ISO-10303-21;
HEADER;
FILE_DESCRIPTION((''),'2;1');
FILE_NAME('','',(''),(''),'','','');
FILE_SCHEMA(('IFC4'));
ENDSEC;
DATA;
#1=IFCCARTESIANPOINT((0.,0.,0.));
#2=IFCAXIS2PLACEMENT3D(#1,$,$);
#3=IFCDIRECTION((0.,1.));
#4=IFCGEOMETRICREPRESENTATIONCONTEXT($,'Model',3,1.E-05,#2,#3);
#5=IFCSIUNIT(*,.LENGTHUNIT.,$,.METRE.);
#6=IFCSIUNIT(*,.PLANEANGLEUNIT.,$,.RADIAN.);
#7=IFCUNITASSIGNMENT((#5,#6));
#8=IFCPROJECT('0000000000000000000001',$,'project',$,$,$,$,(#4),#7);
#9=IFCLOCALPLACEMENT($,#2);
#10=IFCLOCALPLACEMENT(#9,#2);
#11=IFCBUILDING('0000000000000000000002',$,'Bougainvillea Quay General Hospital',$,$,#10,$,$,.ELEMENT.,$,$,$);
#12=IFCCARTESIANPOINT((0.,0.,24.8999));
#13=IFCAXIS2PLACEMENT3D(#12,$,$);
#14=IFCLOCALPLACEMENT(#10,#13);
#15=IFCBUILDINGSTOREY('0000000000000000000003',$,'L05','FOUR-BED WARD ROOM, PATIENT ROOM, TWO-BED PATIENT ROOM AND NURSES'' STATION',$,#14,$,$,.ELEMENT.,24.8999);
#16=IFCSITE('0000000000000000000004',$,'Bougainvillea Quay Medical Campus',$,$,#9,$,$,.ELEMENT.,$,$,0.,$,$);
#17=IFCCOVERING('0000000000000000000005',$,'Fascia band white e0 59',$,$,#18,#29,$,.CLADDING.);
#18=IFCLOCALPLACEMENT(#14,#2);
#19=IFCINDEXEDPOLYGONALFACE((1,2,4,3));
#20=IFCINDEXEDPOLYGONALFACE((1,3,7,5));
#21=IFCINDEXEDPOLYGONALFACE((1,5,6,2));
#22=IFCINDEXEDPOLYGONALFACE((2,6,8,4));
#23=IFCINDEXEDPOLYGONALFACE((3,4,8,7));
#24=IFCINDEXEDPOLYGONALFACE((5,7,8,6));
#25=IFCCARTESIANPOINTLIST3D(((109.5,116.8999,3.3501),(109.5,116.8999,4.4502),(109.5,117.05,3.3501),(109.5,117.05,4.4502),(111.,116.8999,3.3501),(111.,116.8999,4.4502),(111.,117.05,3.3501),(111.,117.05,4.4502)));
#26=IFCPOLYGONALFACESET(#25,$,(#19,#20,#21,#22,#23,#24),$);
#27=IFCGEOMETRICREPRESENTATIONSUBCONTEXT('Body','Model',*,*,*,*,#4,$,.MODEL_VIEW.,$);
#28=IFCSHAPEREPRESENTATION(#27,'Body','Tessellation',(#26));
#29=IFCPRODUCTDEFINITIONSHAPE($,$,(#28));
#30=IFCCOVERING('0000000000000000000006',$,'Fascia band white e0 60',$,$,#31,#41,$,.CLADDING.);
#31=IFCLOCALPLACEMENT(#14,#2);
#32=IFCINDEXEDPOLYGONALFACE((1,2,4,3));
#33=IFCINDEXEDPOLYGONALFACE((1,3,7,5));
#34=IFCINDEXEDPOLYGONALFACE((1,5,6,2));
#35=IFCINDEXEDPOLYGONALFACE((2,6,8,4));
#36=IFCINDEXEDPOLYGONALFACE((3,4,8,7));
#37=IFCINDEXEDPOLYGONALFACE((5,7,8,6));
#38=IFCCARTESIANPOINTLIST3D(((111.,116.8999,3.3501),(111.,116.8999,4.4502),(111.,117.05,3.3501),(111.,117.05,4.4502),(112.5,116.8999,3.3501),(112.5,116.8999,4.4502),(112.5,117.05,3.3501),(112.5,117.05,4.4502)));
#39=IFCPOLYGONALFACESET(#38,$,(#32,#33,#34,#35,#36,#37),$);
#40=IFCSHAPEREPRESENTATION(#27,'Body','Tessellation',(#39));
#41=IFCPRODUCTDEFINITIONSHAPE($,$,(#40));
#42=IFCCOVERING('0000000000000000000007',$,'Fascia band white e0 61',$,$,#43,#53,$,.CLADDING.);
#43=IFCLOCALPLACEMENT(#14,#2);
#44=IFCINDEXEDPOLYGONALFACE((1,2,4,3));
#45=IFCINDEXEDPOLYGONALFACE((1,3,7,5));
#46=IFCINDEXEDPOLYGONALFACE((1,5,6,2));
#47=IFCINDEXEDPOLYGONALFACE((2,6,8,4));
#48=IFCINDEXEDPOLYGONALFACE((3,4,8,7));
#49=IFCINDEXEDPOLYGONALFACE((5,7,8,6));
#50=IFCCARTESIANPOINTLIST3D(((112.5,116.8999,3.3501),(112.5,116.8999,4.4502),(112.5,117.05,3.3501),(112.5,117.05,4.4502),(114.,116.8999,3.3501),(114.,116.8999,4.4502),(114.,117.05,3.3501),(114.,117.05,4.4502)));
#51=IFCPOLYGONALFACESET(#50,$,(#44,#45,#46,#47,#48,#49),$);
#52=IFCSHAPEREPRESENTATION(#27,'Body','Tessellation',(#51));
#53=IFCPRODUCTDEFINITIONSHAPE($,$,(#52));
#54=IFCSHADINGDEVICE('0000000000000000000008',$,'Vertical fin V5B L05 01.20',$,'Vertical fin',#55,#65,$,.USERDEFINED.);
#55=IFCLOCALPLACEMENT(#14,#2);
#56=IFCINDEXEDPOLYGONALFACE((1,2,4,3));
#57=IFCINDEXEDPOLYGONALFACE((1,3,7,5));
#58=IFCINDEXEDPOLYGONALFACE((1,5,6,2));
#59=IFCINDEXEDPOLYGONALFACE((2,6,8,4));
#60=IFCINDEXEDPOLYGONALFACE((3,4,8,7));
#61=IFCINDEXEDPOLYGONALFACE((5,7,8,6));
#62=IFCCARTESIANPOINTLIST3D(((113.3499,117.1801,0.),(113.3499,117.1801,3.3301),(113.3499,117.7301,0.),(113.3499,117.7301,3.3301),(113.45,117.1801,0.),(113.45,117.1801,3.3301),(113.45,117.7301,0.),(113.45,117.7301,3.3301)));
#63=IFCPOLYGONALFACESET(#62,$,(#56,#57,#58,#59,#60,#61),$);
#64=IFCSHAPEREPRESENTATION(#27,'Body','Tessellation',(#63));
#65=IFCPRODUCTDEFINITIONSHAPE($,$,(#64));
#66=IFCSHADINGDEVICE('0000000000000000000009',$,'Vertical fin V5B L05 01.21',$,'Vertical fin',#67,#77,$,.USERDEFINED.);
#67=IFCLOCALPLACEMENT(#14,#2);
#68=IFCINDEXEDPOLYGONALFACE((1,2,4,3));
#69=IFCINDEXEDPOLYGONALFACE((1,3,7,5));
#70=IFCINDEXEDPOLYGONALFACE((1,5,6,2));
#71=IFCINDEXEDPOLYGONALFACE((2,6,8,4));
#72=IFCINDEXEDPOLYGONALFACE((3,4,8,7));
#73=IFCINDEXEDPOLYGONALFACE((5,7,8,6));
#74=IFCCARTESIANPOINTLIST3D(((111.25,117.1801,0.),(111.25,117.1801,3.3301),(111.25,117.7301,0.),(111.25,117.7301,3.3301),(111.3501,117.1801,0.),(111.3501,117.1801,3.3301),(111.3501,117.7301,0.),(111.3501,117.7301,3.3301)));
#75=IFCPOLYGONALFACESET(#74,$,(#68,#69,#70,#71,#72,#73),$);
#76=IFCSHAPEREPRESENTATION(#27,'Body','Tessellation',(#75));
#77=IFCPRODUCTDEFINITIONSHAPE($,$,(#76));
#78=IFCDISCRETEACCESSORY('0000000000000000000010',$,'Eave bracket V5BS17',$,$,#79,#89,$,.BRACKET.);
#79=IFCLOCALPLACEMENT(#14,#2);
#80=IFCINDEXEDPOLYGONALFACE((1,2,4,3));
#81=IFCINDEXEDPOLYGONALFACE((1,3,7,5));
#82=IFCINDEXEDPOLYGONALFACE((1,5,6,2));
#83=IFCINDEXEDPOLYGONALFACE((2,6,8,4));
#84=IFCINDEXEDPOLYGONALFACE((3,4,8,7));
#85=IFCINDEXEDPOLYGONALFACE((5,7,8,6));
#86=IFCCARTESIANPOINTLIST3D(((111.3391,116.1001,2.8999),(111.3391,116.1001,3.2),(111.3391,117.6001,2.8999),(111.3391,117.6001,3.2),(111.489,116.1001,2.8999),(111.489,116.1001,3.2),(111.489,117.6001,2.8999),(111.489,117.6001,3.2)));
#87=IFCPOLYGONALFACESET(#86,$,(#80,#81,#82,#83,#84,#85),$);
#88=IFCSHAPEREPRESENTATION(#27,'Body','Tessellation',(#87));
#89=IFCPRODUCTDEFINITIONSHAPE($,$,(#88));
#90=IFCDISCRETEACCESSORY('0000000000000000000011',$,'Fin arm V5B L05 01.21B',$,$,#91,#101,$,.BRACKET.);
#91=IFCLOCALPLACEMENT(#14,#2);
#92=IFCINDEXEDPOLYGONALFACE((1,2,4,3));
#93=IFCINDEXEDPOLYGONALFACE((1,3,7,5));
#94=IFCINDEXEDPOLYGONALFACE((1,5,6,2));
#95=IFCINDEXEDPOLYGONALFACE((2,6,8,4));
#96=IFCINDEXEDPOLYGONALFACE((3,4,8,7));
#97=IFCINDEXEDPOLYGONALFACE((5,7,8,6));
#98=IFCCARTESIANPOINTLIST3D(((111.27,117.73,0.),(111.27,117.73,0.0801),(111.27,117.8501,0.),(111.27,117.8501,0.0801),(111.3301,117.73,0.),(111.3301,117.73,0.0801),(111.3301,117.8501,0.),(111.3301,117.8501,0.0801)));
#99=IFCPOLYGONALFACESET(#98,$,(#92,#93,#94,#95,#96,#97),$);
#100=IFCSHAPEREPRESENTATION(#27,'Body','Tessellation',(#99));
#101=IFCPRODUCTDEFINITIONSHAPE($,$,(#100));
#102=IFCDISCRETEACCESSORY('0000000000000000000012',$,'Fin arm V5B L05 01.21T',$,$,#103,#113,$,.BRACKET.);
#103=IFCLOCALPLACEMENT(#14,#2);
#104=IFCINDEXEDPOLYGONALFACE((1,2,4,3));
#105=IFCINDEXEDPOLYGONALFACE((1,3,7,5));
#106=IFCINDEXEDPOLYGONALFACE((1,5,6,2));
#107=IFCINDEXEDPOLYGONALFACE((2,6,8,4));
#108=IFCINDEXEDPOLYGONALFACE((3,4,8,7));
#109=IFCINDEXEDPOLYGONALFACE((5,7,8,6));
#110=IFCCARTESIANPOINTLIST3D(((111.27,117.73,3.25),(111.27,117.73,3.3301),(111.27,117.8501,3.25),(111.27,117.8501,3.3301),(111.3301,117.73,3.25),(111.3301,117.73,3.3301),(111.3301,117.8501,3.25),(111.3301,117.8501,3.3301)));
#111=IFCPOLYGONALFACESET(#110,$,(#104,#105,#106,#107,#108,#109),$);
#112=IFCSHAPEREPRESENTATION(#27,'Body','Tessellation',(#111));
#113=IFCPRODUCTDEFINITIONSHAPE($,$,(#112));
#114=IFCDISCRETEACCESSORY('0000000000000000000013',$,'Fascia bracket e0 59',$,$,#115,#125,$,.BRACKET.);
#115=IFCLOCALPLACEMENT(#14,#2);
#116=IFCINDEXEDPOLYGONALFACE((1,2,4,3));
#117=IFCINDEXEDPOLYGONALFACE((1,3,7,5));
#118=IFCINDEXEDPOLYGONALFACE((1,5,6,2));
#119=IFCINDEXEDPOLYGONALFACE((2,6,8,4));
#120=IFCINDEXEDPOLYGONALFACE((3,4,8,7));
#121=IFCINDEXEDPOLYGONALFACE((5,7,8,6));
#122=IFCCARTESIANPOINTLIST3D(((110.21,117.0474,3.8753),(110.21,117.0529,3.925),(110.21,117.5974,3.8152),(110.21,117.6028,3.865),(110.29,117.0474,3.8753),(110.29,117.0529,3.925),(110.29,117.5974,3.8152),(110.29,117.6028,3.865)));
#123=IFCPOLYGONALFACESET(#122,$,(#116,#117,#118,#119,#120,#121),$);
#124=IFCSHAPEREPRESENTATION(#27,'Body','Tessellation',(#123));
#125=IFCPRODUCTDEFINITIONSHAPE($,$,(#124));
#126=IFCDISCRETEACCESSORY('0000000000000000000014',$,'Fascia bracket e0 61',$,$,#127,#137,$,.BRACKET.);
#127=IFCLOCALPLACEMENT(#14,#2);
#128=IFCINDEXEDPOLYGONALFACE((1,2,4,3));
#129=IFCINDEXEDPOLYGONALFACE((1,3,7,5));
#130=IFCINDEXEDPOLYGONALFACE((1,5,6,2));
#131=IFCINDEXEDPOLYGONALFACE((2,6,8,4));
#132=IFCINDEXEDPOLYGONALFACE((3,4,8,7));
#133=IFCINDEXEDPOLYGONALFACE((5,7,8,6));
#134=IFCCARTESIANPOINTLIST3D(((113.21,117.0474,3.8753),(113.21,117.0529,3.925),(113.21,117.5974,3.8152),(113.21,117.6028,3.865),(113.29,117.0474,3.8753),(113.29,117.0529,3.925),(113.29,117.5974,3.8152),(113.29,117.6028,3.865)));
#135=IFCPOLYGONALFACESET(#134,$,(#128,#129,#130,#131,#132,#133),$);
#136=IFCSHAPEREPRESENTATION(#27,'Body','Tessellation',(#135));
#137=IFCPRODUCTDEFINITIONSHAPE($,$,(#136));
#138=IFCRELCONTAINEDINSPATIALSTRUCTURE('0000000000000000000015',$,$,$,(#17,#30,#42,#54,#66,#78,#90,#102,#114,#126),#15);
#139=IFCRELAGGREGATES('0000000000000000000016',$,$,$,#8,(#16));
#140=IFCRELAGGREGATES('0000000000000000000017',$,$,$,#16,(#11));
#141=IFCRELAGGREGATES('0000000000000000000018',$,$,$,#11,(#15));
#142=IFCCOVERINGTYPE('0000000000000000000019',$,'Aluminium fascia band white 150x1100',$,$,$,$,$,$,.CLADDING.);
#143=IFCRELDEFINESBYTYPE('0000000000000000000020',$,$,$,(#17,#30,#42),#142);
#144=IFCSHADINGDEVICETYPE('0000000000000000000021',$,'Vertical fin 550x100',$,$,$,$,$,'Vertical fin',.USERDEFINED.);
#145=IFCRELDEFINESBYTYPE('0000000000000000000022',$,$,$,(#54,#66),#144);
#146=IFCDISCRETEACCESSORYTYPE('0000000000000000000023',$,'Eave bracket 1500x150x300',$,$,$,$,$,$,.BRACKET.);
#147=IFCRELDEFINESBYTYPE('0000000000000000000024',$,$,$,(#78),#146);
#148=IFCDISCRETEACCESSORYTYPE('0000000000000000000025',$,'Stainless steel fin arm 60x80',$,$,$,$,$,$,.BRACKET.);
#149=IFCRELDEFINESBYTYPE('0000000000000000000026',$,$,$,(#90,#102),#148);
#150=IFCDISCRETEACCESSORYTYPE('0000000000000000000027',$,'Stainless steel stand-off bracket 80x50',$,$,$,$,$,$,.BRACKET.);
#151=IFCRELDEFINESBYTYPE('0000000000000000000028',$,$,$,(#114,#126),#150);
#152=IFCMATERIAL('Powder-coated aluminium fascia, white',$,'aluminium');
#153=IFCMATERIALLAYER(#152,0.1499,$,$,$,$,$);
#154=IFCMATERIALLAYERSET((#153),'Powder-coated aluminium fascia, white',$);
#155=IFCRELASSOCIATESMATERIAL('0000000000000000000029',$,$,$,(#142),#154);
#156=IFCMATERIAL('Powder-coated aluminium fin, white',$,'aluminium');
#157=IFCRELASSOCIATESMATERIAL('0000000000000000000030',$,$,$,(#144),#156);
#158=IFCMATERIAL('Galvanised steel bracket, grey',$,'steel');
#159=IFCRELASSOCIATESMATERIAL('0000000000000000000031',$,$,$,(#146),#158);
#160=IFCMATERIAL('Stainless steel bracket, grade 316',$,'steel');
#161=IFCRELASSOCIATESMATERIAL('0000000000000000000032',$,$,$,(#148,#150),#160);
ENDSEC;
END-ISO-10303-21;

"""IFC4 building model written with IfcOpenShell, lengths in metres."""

from ifc_helpers import new_model, si_unit, direction, frame, origin, origin_2d, place, context, subcontext, project, spatial, polyline, rectangle, outline, extrude, material, layer, layer_set, material_profile, profile_set, type_object, element, save


model = new_model("IFC4")

# Units and contexts
model_context = context("Model", 3, precision=1e-05, world=origin(), true_north=direction((0.0, 1.0)))
body_context = subcontext(model_context, "Body", "Model", "MODEL_VIEW")
ifc_project = project(units=[si_unit("LENGTHUNIT", "METRE"), si_unit("PLANEANGLEUNIT", "RADIAN")], contexts=[model_context])

# Site, building, storey
site_placement = place(None, origin())
site = spatial("IfcSite", under=ifc_project, at=site_placement, Name="Bougainvillea Quay Medical Campus", CompositionType="ELEMENT", RefElevation=0.0)
building_placement = place(site_placement, origin())
building = spatial("IfcBuilding", under=site, at=building_placement, Name="Bougainvillea Quay General Hospital", CompositionType="ELEMENT")
storey_placement = place(building_placement, frame((0.0, 0.0, 24.8999)))
storey = spatial("IfcBuildingStorey", under=building, at=storey_placement, Name="L05", Description="FOUR-BED WARD ROOM, PATIENT ROOM, TWO-BED PATIENT ROOM AND NURSES' STATION", CompositionType="ELEMENT", Elevation=24.8999)

# Coverings
ifc_material_1 = material(Name="Powder-coated aluminium fascia, white", Category="aluminium")
ifc_layer_1 = layer(ifc_material_1, 0.1499)
ifc_layer_set_1 = layer_set([ifc_layer_1], Name="Powder-coated aluminium fascia, white")
covering_type = type_object("IfcCoveringType", Name="Aluminium fascia band white 150x1100", PredefinedType="CLADDING", material=ifc_layer_set_1)
for number, where, z_axis, x_axis, name in (
    (1, (109.5, 117.05, 3.3501), (0.0, 0.0, 1.0), (1.0, 0.0, 0.0), "Fascia band white e0 59"),
    (2, (111.0, 117.05, 3.3501), (0.0, 0.0, 1.0), (1.0, 0.0, 0.0), "Fascia band white e0 60"),
    (3, (112.5, 117.05, 3.3501), (0.0, 0.0, 1.0), (1.0, 0.0, 0.0), "Fascia band white e0 61"),
):
    element("IfcCovering", number, at=place(storey_placement, frame(where, z_axis=z_axis, x_axis=x_axis)), inside=storey, type_object=covering_type, Name=name, PredefinedType="CLADDING", context=body_context, shape_type="SweptSolid", body=[
        extrude(outline(polyline([(0.0, 0.0), (1.5, 0.0), (1.5, -0.1501), (0.0, -0.1501), (0.0, 0.0)])), origin(), (0.0, 0.0, 1.0), 1.1001),
    ])

# Shading devices
ifc_material_2 = material(Name="Powder-coated aluminium fin, white", Category="aluminium")
ifc_material_profile_1 = material_profile(ifc_material_2, rectangle(XDim=0.55, YDim=0.1001, at=origin_2d()))
ifc_profile_set_1 = profile_set([ifc_material_profile_1], Name="Powder-coated aluminium fin, white")
shading_device_type = type_object("IfcShadingDeviceType", Name="Vertical fin 550x100", ElementType="Vertical fin", PredefinedType="USERDEFINED", material=ifc_profile_set_1)
for number, where, z_axis, x_axis, name in (
    (4, (113.3999, 117.4551, 0.0), (0.0, 0.0, 1.0), (0.0, -1.0, 0.0), "Vertical fin V5B L05 01.20"),
    (5, (111.3, 117.4551, 0.0), (0.0, 0.0, 1.0), (0.0, -1.0, 0.0), "Vertical fin V5B L05 01.21"),
):
    element("IfcShadingDevice", number, at=place(storey_placement, frame(where, z_axis=z_axis, x_axis=x_axis)), inside=storey, type_object=shading_device_type, Name=name, ObjectType="Vertical fin", PredefinedType="USERDEFINED", context=body_context, shape_type="SweptSolid", body=[
        extrude(rectangle(XDim=0.55, YDim=0.1001, at=origin_2d()), origin(), (0.0, 0.0, 1.0), 3.3301),
    ])

# Discrete accessories
ifc_material_3 = material(Name="Galvanised steel bracket, grey", Category="steel")
discrete_accessory_type_1 = type_object("IfcDiscreteAccessoryType", Name="Eave bracket 1500x150x300", PredefinedType="BRACKET", material=ifc_material_3)
discrete_accessory_placement = place(storey_placement, frame((111.4141, 116.8501, 2.8999), z_axis=(0.0, 0.0, 1.0), x_axis=(1.0, 0.0, 0.0)))
element("IfcDiscreteAccessory", 6, at=discrete_accessory_placement, inside=storey, type_object=discrete_accessory_type_1, Name="Eave bracket V5BS17", PredefinedType="BRACKET", context=body_context, shape_type="SweptSolid", body=[
    extrude(rectangle(XDim=0.1499, YDim=1.5, at=origin_2d()), origin(), (0.0, 0.0, 1.0), 0.3),
])
ifc_material_4 = material(Name="Stainless steel bracket, grade 316", Category="steel")
discrete_accessory_type_2 = type_object("IfcDiscreteAccessoryType", Name="Stainless steel fin arm 60x80", PredefinedType="BRACKET", material=ifc_material_4)
for number, where, z_axis, x_axis, name in (
    (7, (111.3, 117.79, 0.0), (0.0, 0.0, 1.0), (0.0, -1.0, 0.0), "Fin arm V5B L05 01.21B"),
    (8, (111.3, 117.79, 3.25), (0.0, 0.0, 1.0), (0.0, -1.0, 0.0), "Fin arm V5B L05 01.21T"),
):
    element("IfcDiscreteAccessory", number, at=place(storey_placement, frame(where, z_axis=z_axis, x_axis=x_axis)), inside=storey, type_object=discrete_accessory_type_2, Name=name, PredefinedType="BRACKET", context=body_context, shape_type="SweptSolid", body=[
        extrude(rectangle(XDim=0.1201, YDim=0.0601, at=origin_2d()), origin(), (0.0, 0.0, 1.0), 0.0801),
    ])
ifc_material_profile_2 = material_profile(ifc_material_4, rectangle(XDim=0.0801, YDim=0.05, at=origin_2d()))
ifc_profile_set_2 = profile_set([ifc_material_profile_2], Name="Stainless steel bracket, grade 316")
discrete_accessory_type_3 = type_object("IfcDiscreteAccessoryType", Name="Stainless steel stand-off bracket 80x50", PredefinedType="BRACKET", material=ifc_profile_set_2)
for number, where, z_axis, x_axis, name in (
    (9, (110.25, 117.6001, 3.8401), (0.0, -0.994092, 0.108543), (1.0, 0.0, 0.0), "Fascia bracket e0 59"),
    (10, (113.25, 117.6001, 3.8401), (0.0, -0.994092, 0.108543), (1.0, 0.0, 0.0), "Fascia bracket e0 61"),
):
    element("IfcDiscreteAccessory", number, at=place(storey_placement, frame(where, z_axis=z_axis, x_axis=x_axis)), inside=storey, type_object=discrete_accessory_type_3, Name=name, PredefinedType="BRACKET", context=body_context, shape_type="SweptSolid", body=[
        extrude(rectangle(XDim=0.0801, YDim=0.05, at=origin_2d()), origin(), (0.0, 0.0, 1.0), 0.5532),
    ])

save(model, "model.ifc")
